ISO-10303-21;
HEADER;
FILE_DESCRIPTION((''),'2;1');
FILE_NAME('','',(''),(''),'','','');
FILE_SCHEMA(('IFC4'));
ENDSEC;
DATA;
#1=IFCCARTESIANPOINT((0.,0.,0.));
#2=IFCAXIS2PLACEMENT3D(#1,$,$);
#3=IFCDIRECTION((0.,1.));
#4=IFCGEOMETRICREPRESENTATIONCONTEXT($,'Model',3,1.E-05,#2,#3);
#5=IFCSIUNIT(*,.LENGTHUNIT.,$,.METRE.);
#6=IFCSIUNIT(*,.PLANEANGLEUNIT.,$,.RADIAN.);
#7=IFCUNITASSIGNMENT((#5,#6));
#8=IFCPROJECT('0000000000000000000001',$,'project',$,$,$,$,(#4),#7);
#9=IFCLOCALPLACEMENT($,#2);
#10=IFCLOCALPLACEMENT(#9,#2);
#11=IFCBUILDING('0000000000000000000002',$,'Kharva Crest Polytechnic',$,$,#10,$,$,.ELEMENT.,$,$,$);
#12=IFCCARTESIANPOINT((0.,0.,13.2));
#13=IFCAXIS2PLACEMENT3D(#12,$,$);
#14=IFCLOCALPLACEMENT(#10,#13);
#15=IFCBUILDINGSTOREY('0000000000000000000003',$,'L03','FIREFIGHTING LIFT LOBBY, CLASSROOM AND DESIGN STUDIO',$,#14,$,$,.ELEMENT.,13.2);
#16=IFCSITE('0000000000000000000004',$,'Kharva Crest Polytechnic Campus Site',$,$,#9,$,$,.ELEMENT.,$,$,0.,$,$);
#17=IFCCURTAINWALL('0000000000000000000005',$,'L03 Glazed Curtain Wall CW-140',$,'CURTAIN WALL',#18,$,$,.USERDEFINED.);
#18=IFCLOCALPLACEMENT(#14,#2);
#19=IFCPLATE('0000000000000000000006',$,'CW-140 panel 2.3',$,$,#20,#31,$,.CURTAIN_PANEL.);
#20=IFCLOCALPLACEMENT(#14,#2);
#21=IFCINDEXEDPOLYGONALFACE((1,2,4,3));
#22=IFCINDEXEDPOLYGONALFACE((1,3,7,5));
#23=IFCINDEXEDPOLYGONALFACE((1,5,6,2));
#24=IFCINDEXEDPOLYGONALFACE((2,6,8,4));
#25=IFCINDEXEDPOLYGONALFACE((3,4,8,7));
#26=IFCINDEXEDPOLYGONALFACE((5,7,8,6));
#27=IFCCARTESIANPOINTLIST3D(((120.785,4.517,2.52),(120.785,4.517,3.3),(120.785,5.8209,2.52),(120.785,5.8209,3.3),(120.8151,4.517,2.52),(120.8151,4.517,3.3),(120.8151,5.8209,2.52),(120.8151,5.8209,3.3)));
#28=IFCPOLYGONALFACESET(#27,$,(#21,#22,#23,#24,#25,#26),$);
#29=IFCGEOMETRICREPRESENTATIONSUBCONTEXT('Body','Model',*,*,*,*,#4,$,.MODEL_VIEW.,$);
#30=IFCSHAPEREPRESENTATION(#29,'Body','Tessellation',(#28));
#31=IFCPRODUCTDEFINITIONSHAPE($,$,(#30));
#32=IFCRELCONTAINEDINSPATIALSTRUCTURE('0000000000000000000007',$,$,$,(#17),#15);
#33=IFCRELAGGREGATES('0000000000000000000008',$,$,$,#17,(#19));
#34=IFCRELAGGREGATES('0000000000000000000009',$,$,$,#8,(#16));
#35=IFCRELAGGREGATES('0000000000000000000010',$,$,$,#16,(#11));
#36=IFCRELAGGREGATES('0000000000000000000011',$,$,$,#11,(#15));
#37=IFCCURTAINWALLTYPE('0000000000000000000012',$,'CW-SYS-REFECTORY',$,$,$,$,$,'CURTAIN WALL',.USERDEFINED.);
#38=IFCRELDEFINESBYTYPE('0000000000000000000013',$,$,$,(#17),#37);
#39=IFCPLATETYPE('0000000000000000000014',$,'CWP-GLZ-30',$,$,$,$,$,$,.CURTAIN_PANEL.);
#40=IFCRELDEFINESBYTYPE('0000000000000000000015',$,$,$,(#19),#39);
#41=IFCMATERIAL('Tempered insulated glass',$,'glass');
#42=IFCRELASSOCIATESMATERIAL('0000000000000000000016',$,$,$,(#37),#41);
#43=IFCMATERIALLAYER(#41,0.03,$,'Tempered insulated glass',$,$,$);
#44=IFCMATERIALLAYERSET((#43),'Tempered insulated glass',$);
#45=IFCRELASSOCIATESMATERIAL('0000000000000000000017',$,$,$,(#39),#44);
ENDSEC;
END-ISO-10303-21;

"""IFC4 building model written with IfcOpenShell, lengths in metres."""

from ifc_helpers import new_model, si_unit, direction, frame, origin, origin_2d, place, context, subcontext, project, spatial, rectangle, extrude, material, layer, layer_set, type_object, element, aggregate, save


model = new_model("IFC4")

# Units and contexts
model_context = context("Model", 3, precision=1e-05, world=origin(), true_north=direction((0.0, 1.0)))
body_context = subcontext(model_context, "Body", "Model", "MODEL_VIEW")
ifc_project = project(units=[si_unit("LENGTHUNIT", "METRE"), si_unit("PLANEANGLEUNIT", "RADIAN")], contexts=[model_context])

# Site, building, storey
site_placement = place(None, origin())
site = spatial("IfcSite", under=ifc_project, at=site_placement, Name="Kharva Crest Polytechnic Campus Site", CompositionType="ELEMENT", RefElevation=0.0)
building_placement = place(site_placement, origin())
building = spatial("IfcBuilding", under=site, at=building_placement, Name="Kharva Crest Polytechnic", CompositionType="ELEMENT")
storey_placement = place(building_placement, frame((0.0, 0.0, 13.2)))
storey = spatial("IfcBuildingStorey", under=building, at=storey_placement, Name="L03", Description="FIREFIGHTING LIFT LOBBY, CLASSROOM AND DESIGN STUDIO", CompositionType="ELEMENT", Elevation=13.2)

# Curtain wall, plate
ifc_material_1 = material(Name="Tempered insulated glass", Category="glass")
curtain_wall_type = type_object("IfcCurtainWallType", Name="CW-SYS-REFECTORY", ElementType="CURTAIN WALL", PredefinedType="USERDEFINED", material=ifc_material_1)
curtain_wall_placement = place(storey_placement, origin())
curtain_wall = element("IfcCurtainWall", 1, at=curtain_wall_placement, inside=storey, type_object=curtain_wall_type, Name="L03 Glazed Curtain Wall CW-140", ObjectType="CURTAIN WALL", PredefinedType="USERDEFINED")
ifc_layer = layer(ifc_material_1, 0.03, Name="Tempered insulated glass")
ifc_layer_set = layer_set([ifc_layer], Name="Tempered insulated glass")
plate_type = type_object("IfcPlateType", Name="CWP-GLZ-30", PredefinedType="CURTAIN_PANEL", material=ifc_layer_set)
plate_1_placement = place(storey_placement, frame((120.8, 5.1689, 2.52), z_axis=(0.0, 0.0, 1.0), x_axis=(0.0, -1.0, 0.0)))
plate_1 = element("IfcPlate", 2, at=plate_1_placement, type_object=plate_type, Name="CW-140 panel 2.3", PredefinedType="CURTAIN_PANEL", context=body_context, shape_type="SweptSolid", body=[
    extrude(rectangle(XDim=1.304, YDim=0.03, at=origin_2d()), origin(), (0.0, 0.0, 1.0), 0.78),
])
aggregate(curtain_wall, [plate_1])

save(model, "model.ifc")
